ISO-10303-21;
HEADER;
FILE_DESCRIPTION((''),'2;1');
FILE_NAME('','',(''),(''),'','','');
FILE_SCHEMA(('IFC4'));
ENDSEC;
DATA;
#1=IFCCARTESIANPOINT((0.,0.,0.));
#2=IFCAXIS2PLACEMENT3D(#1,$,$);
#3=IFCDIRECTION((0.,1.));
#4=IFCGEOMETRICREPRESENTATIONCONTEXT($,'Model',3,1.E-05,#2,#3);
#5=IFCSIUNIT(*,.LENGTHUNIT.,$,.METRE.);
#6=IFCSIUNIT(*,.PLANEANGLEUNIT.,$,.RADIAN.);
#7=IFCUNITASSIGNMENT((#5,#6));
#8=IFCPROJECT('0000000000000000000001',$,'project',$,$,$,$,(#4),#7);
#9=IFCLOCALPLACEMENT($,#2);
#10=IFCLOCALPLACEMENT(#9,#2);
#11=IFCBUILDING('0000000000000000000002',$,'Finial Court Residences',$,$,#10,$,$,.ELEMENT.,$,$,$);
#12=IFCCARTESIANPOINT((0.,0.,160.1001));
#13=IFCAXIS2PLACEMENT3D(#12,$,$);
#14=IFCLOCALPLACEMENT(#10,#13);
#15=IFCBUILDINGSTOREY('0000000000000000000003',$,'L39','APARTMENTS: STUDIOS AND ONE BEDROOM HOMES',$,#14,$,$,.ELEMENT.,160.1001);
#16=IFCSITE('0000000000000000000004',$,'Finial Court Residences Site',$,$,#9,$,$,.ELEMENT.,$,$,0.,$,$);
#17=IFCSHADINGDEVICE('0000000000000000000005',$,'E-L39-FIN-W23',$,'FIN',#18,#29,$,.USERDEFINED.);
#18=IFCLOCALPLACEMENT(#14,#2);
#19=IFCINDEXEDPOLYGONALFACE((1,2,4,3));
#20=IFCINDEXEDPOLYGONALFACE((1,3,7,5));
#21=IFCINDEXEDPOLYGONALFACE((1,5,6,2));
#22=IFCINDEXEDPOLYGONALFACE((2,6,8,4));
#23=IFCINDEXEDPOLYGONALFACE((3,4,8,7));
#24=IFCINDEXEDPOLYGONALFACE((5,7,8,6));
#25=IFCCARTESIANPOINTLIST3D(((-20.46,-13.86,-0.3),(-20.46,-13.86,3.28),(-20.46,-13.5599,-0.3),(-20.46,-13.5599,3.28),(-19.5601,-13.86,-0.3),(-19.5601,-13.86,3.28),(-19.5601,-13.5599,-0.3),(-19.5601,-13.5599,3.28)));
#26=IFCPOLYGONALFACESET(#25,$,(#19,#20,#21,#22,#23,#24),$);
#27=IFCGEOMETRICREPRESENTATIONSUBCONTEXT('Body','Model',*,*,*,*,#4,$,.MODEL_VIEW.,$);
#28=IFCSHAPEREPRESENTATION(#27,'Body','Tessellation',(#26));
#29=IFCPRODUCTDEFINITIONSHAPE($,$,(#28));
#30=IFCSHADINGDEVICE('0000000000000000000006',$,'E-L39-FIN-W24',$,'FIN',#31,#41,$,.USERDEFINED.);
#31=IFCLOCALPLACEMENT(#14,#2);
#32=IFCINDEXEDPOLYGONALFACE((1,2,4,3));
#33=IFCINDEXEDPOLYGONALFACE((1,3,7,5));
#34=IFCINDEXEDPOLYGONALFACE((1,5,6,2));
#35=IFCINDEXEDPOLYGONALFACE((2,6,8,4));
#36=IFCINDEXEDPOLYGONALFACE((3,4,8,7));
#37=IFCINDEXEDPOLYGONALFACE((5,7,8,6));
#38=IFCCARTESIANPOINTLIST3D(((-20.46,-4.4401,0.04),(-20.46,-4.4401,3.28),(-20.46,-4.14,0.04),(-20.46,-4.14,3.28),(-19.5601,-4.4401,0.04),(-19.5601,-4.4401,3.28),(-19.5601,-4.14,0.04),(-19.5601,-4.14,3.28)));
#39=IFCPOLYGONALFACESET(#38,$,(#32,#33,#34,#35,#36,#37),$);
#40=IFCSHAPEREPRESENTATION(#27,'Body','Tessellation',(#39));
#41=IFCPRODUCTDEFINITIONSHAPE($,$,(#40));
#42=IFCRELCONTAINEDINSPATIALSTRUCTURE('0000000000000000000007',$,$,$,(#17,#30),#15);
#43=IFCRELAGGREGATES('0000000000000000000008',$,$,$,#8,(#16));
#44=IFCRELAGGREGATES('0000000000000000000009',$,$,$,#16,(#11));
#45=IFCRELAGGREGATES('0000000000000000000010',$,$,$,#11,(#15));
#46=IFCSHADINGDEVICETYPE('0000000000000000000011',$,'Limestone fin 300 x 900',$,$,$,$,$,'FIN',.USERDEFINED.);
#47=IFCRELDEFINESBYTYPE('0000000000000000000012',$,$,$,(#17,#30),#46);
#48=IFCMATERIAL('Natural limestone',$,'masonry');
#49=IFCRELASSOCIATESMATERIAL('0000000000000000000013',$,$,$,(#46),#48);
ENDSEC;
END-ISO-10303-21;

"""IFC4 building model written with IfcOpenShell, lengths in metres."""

from ifc_helpers import new_model, si_unit, direction, frame, origin, origin_2d, place, context, subcontext, project, spatial, rectangle, extrude, material, type_object, element, save


model = new_model("IFC4")

# Units and contexts
model_context = context("Model", 3, precision=1e-05, world=origin(), true_north=direction((0.0, 1.0)))
body_context = subcontext(model_context, "Body", "Model", "MODEL_VIEW")
ifc_project = project(units=[si_unit("LENGTHUNIT", "METRE"), si_unit("PLANEANGLEUNIT", "RADIAN")], contexts=[model_context])

# Site, building, storey
site_placement = place(None, origin())
site = spatial("IfcSite", under=ifc_project, at=site_placement, Name="Finial Court Residences Site", CompositionType="ELEMENT", RefElevation=0.0)
building_placement = place(site_placement, origin())
building = spatial("IfcBuilding", under=site, at=building_placement, Name="Finial Court Residences", CompositionType="ELEMENT")
storey_placement = place(building_placement, frame((0.0, 0.0, 160.1001)))
storey = spatial("IfcBuildingStorey", under=building, at=storey_placement, Name="L39", Description="APARTMENTS: STUDIOS AND ONE BEDROOM HOMES", CompositionType="ELEMENT", Elevation=160.1001)

# Shading devices
ifc_material_1 = material(Name="Natural limestone", Category="masonry")
shading_device_type = type_object("IfcShadingDeviceType", Name="Limestone fin 300 x 900", ElementType="FIN", PredefinedType="USERDEFINED", material=ifc_material_1)
shading_device_1_placement = place(storey_placement, frame((-20.01, -13.71, -0.3), z_axis=(0.0, 0.0, 1.0), x_axis=(1.0, 0.0, 0.0)))
element("IfcShadingDevice", 1, at=shading_device_1_placement, inside=storey, type_object=shading_device_type, Name="E-L39-FIN-W23", ObjectType="FIN", PredefinedType="USERDEFINED", context=body_context, shape_type="SweptSolid", body=[
    extrude(rectangle(XDim=0.8999, YDim=0.3, at=origin_2d()), origin(), (0.0, 0.0, 1.0), 3.5801),
])
shading_device_2_placement = place(storey_placement, frame((-20.01, -4.29, 0.04), z_axis=(0.0, 0.0, 1.0), x_axis=(1.0, 0.0, 0.0)))
element("IfcShadingDevice", 2, at=shading_device_2_placement, inside=storey, type_object=shading_device_type, Name="E-L39-FIN-W24", ObjectType="FIN", PredefinedType="USERDEFINED", context=body_context, shape_type="SweptSolid", body=[
    extrude(rectangle(XDim=0.8999, YDim=0.3, at=origin_2d()), origin(), (0.0, 0.0, 1.0), 3.24),
])

save(model, "model.ifc")
